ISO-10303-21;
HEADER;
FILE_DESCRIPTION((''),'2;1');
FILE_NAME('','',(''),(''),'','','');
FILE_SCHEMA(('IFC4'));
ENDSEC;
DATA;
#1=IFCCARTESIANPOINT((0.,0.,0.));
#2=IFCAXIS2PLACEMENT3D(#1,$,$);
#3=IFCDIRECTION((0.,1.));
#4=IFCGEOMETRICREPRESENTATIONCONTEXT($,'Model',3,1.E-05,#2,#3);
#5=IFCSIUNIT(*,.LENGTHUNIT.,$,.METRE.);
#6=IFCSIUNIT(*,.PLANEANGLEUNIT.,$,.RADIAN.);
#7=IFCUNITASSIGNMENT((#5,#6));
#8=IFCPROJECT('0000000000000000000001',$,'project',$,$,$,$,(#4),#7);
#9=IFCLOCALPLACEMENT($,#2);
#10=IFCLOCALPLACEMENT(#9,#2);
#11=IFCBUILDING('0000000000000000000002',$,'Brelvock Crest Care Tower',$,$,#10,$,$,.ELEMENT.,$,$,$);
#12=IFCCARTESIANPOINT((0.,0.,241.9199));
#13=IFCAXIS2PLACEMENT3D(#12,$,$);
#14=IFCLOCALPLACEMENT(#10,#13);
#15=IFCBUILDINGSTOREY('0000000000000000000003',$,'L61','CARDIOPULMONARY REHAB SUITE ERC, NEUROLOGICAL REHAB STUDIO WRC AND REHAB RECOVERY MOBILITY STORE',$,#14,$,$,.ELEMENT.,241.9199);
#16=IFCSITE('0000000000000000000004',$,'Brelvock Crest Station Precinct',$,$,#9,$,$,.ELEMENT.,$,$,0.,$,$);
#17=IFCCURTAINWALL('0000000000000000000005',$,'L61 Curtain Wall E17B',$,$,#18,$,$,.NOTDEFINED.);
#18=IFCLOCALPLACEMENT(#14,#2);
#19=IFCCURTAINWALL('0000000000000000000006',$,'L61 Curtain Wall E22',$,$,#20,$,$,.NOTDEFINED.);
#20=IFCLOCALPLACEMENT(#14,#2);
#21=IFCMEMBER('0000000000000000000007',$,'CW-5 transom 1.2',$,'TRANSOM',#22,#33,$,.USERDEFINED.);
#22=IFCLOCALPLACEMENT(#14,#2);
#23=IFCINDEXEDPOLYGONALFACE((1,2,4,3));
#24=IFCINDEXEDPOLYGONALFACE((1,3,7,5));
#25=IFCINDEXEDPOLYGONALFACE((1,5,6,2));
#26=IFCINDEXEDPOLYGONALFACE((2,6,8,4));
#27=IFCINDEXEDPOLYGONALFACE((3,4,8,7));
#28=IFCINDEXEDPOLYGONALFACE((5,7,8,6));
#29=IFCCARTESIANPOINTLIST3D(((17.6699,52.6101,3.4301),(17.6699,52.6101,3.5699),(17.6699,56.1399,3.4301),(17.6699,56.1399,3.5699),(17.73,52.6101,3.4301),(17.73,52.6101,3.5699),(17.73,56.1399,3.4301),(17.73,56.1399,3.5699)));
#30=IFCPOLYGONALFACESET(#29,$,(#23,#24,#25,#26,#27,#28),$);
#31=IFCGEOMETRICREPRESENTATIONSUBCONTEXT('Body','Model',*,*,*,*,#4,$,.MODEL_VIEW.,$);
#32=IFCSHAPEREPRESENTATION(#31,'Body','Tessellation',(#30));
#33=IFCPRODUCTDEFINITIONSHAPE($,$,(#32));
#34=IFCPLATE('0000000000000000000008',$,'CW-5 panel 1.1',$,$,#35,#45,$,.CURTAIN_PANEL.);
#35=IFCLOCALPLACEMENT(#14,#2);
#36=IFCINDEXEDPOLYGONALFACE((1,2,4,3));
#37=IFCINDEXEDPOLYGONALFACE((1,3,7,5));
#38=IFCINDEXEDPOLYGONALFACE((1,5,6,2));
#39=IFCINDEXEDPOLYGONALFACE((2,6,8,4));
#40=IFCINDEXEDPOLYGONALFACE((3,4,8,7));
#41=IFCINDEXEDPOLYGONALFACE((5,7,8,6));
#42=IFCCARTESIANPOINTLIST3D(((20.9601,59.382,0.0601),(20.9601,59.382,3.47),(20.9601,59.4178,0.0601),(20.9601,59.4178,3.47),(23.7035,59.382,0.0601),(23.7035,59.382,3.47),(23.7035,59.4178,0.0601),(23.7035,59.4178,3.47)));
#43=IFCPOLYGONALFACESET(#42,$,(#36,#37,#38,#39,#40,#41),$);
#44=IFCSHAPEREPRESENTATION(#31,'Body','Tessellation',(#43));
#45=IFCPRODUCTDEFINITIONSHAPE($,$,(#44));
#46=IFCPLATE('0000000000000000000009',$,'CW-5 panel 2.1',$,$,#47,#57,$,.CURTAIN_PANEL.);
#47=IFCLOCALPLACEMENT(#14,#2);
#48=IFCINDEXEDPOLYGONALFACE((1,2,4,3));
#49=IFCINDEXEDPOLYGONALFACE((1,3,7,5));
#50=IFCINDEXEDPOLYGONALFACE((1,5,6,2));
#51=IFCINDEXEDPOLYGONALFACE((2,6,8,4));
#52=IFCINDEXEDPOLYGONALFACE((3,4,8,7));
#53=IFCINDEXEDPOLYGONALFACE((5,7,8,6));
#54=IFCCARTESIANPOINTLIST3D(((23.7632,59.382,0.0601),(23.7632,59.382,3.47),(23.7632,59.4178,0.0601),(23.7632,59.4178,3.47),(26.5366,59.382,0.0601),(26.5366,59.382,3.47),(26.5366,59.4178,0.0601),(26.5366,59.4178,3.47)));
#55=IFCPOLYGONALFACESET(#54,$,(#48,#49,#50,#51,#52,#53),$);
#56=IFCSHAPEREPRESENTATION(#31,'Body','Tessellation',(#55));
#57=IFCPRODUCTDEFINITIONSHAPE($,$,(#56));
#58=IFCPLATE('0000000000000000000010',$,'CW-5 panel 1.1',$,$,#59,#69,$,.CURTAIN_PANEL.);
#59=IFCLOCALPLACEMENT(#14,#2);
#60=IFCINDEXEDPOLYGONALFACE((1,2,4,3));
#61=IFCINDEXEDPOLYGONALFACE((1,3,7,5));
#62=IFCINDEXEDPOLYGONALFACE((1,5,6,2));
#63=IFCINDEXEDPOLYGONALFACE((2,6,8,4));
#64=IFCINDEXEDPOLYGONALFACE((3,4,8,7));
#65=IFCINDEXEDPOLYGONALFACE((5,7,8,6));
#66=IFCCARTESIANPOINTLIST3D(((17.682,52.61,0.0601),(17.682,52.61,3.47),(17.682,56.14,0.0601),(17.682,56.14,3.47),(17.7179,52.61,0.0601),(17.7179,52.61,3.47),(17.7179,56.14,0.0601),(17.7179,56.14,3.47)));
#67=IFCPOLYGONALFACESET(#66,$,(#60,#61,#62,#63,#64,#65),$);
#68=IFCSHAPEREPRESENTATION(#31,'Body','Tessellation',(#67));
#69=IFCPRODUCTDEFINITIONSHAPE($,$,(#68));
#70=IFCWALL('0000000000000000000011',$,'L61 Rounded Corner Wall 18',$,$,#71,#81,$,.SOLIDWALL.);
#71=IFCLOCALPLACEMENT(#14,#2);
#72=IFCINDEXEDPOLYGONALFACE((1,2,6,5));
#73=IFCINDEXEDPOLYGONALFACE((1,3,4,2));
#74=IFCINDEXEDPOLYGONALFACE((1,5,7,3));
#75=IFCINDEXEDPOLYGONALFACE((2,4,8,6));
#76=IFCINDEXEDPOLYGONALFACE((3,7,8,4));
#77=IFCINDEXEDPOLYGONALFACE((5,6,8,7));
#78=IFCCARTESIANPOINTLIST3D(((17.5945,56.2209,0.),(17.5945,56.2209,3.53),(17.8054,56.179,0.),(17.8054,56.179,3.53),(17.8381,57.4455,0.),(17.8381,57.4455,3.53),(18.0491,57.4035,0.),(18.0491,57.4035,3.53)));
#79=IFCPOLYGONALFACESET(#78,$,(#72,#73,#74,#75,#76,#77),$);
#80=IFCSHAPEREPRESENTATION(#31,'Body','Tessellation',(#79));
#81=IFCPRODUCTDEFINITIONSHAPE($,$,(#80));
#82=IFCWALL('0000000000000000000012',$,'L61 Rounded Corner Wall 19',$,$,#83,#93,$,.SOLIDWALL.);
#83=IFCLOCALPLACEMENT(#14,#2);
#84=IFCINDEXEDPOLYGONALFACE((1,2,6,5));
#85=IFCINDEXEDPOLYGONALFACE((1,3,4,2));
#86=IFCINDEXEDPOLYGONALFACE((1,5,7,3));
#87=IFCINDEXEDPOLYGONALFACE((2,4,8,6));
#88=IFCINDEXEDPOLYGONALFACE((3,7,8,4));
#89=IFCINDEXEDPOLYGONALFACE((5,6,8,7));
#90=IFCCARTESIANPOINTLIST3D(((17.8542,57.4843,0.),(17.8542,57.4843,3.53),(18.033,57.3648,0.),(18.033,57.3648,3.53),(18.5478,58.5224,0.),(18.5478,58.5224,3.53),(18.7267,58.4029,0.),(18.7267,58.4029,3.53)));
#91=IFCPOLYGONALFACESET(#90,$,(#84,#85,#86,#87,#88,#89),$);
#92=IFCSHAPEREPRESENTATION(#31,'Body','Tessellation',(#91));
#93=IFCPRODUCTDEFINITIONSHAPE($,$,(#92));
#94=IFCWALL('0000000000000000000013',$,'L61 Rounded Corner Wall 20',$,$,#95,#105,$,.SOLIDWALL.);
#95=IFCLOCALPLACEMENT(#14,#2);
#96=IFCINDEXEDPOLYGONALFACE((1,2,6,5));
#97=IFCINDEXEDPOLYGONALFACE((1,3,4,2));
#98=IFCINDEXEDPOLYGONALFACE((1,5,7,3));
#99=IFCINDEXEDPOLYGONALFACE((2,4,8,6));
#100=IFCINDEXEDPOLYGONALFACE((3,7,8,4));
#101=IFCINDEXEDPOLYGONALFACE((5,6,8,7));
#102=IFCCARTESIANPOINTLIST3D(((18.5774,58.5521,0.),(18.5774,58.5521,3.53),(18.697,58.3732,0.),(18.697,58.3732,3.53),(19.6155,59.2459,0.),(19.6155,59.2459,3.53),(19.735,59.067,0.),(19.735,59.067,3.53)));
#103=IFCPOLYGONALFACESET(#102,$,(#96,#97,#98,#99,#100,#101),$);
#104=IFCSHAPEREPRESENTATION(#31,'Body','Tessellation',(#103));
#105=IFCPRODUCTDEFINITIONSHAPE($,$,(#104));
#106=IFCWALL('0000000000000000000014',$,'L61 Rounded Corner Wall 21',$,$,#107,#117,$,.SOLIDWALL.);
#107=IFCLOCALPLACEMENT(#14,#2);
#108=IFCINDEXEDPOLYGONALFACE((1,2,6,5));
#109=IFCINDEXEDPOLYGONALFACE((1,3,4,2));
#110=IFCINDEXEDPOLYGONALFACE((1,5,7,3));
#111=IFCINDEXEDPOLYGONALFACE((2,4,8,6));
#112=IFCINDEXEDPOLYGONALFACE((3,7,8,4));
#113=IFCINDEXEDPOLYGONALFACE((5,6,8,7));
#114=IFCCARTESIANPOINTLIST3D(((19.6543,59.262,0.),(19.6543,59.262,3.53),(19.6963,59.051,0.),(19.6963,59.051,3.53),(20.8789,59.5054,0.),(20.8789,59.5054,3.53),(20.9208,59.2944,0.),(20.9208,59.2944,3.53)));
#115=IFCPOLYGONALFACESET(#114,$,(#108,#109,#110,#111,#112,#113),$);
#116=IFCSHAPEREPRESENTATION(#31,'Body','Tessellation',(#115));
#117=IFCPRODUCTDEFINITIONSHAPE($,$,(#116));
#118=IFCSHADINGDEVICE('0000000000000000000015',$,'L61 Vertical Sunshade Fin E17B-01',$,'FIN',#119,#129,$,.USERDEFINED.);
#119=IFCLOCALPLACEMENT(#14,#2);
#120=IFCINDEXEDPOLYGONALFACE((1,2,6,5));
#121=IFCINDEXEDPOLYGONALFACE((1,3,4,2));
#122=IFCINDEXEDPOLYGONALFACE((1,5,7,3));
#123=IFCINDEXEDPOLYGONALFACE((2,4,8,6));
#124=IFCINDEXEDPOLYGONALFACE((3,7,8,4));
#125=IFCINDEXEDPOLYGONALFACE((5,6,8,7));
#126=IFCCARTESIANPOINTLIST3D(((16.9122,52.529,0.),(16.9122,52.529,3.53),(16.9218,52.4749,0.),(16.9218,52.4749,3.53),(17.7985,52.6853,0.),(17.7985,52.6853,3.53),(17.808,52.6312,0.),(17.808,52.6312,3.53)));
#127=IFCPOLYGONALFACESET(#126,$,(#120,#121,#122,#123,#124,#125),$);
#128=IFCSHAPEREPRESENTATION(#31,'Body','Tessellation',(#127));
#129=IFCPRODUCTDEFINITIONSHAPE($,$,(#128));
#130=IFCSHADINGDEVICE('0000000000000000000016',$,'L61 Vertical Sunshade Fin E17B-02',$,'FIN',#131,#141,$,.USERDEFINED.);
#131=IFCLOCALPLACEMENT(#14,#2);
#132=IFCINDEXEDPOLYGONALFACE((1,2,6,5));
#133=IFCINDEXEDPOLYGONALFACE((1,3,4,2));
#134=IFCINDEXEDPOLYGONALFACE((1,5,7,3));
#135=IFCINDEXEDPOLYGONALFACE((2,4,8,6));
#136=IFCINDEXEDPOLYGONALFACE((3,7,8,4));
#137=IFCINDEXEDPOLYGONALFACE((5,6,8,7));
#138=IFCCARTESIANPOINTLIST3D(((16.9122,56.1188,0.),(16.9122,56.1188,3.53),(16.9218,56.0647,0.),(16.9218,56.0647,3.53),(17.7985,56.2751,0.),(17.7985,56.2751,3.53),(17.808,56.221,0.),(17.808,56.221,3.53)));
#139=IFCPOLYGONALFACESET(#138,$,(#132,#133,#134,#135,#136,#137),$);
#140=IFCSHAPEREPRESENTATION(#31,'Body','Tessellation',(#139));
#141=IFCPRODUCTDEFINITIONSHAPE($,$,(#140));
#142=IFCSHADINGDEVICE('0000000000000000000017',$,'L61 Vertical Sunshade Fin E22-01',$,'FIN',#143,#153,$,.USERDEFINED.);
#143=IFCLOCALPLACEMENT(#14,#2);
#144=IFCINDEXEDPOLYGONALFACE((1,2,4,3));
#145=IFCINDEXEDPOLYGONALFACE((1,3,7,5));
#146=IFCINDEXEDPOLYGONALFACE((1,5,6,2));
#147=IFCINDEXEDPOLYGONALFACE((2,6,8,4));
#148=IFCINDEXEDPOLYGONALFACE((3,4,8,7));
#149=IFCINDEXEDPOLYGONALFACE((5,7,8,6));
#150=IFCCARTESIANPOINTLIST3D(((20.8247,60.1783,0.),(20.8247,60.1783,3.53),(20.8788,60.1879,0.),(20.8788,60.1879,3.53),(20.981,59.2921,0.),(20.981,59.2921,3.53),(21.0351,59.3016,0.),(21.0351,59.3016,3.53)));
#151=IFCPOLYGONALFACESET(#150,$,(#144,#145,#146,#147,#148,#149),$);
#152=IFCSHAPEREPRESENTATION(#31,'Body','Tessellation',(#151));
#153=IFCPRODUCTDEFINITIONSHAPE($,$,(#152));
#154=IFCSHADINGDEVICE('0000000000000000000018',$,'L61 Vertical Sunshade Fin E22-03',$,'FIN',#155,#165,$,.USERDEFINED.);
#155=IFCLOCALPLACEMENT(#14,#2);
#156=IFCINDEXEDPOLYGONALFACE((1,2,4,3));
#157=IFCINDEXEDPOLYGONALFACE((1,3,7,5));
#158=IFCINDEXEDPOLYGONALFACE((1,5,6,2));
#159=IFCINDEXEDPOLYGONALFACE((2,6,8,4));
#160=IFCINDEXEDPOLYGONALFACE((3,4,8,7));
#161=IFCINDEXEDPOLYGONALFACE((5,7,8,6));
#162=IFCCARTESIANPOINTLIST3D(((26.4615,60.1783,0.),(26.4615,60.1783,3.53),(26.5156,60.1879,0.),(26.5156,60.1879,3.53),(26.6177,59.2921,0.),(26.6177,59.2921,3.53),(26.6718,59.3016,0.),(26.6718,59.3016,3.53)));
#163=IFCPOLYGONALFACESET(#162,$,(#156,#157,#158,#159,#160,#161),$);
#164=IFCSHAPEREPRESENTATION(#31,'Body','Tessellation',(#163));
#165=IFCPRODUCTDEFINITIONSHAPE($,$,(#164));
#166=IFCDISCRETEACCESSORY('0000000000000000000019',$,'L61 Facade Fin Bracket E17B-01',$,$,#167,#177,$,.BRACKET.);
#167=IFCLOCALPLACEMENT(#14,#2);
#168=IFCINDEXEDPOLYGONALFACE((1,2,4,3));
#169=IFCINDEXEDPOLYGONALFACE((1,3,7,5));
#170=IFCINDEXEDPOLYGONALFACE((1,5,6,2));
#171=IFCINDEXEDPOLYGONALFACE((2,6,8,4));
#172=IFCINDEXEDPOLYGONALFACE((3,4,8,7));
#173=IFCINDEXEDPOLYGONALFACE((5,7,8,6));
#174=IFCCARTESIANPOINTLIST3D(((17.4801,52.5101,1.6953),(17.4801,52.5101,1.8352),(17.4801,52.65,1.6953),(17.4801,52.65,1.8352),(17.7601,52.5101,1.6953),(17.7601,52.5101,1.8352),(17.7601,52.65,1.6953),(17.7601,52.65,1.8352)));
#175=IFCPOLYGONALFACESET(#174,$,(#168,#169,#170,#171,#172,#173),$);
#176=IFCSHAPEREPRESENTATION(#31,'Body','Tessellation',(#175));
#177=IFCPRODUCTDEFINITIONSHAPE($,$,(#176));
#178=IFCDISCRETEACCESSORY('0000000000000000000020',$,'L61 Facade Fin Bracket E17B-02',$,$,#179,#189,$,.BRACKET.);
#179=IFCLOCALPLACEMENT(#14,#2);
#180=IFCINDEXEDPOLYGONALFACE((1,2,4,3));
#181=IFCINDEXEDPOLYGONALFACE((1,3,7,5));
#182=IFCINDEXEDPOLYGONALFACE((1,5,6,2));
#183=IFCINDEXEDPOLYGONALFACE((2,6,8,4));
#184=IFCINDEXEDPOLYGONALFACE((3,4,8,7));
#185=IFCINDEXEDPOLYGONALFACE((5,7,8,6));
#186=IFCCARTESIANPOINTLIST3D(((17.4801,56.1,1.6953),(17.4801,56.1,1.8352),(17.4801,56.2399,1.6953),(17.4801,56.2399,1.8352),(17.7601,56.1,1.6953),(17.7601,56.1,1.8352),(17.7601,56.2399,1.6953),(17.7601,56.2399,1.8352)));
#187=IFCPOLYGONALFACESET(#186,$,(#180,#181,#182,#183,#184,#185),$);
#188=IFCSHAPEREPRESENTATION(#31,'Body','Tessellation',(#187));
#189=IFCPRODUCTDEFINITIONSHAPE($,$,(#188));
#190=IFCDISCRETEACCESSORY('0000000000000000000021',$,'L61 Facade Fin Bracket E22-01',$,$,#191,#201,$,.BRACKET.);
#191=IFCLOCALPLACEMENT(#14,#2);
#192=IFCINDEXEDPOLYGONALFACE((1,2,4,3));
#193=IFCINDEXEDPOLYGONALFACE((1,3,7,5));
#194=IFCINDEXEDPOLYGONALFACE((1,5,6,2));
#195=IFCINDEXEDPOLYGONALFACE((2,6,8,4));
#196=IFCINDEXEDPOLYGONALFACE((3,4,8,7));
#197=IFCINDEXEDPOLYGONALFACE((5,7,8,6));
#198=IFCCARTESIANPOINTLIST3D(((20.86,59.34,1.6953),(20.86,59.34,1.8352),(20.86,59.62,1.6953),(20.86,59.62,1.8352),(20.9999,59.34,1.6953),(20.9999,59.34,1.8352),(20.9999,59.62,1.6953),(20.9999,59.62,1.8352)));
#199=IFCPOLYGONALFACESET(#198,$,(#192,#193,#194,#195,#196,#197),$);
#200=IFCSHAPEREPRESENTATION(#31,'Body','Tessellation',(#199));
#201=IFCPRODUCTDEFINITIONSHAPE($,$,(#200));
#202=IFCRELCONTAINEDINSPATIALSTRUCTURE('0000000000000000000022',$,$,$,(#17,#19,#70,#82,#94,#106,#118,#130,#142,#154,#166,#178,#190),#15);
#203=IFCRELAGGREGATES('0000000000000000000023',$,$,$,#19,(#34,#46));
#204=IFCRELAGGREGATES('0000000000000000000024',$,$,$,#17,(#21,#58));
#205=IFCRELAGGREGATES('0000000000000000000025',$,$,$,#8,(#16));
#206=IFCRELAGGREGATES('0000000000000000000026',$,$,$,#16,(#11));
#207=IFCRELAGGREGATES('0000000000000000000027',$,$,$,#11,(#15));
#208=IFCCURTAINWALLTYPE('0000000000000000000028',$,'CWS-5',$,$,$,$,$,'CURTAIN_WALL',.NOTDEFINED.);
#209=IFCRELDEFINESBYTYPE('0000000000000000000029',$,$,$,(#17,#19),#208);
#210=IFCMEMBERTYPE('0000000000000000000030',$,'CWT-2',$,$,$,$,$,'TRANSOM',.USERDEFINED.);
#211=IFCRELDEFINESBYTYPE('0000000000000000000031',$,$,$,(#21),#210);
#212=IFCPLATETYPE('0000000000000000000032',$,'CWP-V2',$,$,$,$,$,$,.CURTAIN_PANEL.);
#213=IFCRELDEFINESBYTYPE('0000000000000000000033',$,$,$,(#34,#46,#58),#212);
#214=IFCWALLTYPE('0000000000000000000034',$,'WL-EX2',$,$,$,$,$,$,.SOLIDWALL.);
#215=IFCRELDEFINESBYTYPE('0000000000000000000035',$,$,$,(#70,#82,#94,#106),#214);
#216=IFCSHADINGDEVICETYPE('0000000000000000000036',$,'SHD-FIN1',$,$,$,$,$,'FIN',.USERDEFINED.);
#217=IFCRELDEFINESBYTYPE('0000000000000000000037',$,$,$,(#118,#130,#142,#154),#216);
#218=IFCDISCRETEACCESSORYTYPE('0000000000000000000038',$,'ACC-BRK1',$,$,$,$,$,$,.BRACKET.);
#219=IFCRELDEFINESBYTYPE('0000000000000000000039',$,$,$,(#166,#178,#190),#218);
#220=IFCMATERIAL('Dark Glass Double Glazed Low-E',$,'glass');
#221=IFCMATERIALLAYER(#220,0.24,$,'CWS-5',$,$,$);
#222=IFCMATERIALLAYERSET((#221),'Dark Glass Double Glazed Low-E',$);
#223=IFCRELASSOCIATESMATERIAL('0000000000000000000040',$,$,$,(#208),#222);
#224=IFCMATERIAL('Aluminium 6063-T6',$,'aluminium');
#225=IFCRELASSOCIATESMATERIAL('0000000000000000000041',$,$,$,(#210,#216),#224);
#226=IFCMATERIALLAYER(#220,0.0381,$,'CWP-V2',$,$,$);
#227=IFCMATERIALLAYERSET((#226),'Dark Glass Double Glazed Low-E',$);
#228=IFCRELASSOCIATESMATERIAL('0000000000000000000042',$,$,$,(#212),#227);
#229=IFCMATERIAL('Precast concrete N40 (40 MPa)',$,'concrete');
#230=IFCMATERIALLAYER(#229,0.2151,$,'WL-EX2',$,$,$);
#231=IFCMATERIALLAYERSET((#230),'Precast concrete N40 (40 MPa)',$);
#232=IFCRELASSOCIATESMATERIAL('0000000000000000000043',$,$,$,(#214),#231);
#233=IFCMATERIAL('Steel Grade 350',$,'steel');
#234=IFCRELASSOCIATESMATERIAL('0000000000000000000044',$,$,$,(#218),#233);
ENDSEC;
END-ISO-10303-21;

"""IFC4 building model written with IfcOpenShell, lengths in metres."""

from ifc_helpers import new_model, si_unit, direction, frame, frame_2d, origin, origin_2d, place, context, subcontext, project, spatial, rectangle, extrude, source, transform, mapped, material, layer, layer_set, material_profile, profile_set, type_object, element, aggregate, save


model = new_model("IFC4")

# Units and contexts
model_context = context("Model", 3, precision=1e-05, world=origin(), true_north=direction((0.0, 1.0)))
body_context = subcontext(model_context, "Body", "Model", "MODEL_VIEW")
ifc_project = project(units=[si_unit("LENGTHUNIT", "METRE"), si_unit("PLANEANGLEUNIT", "RADIAN")], contexts=[model_context])

# Site, building, storey
site_placement = place(None, origin())
site = spatial("IfcSite", under=ifc_project, at=site_placement, Name="Brelvock Crest Station Precinct", CompositionType="ELEMENT", RefElevation=0.0)
building_placement = place(site_placement, origin())
building = spatial("IfcBuilding", under=site, at=building_placement, Name="Brelvock Crest Care Tower", CompositionType="ELEMENT")
storey_placement = place(building_placement, frame((0.0, 0.0, 241.9199)))
storey = spatial("IfcBuildingStorey", under=building, at=storey_placement, Name="L61", Description="CARDIOPULMONARY REHAB SUITE ERC, NEUROLOGICAL REHAB STUDIO WRC AND REHAB RECOVERY MOBILITY STORE", CompositionType="ELEMENT", Elevation=241.9199)

# Shared definitions
ifc_material_1 = material(Name="Steel Grade 350", Category="steel")

# Curtain walls
ifc_material_2 = material(Name="Dark Glass Double Glazed Low-E", Category="glass")
ifc_layer_1 = layer(ifc_material_2, 0.24, Name="CWS-5")
ifc_layer_set_1 = layer_set([ifc_layer_1], Name="Dark Glass Double Glazed Low-E")
curtain_wall_type = type_object("IfcCurtainWallType", Name="CWS-5", ElementType="CURTAIN_WALL", PredefinedType="NOTDEFINED", material=ifc_layer_set_1)
curtain_wall_1_placement = place(storey_placement, origin())
curtain_wall_1 = element("IfcCurtainWall", 1, at=curtain_wall_1_placement, inside=storey, type_object=curtain_wall_type, Name="L61 Curtain Wall E17B", PredefinedType="NOTDEFINED")
ifc_material_3 = material(Name="Aluminium 6063-T6", Category="aluminium")
curtain_wall_2_placement = place(storey_placement, origin())
curtain_wall_2 = element("IfcCurtainWall", 2, at=curtain_wall_2_placement, inside=storey, type_object=curtain_wall_type, Name="L61 Curtain Wall E22", PredefinedType="NOTDEFINED")
ifc_material_profile_1 = material_profile(ifc_material_3, rectangle(XDim=0.0601, YDim=0.1399, at=origin_2d()), Name="ALU60x140")
ifc_profile_set_1 = profile_set([ifc_material_profile_1], Name="Aluminium 6063-T6")
member_type_1 = type_object("IfcMemberType", Name="CWT-2", ElementType="TRANSOM", PredefinedType="USERDEFINED", material=ifc_profile_set_1)

# Member
shared_shape_1 = source(origin(), body_context, "Body", "SweptSolid", [
    extrude(rectangle(XDim=0.0601, YDim=0.1399, at=origin_2d()), origin(), (0.0, 0.0, 1.0), 3.5298),
])
member_1_placement = place(storey_placement, frame((17.7, 52.6101, 3.5), z_axis=(0.0, 1.0, 0.0), x_axis=(-1.0, 0.0, 0.0)))
member_1 = element("IfcMember", 3, at=member_1_placement, type_object=member_type_1, Name="CW-5 transom 1.2", ObjectType="TRANSOM", PredefinedType="USERDEFINED", context=body_context, shape_type="MappedRepresentation", body=[
    mapped(shared_shape_1, transform((0.0, 0.0, 0.0), x_axis=(1.0, 0.0, 0.0), y_axis=(0.0, 1.0, 0.0), z_axis=(0.0, 0.0, 1.0), scale=1.0)),
])

# Plates
ifc_layer_2 = layer(ifc_material_2, 0.0381, Name="CWP-V2")
ifc_layer_set_2 = layer_set([ifc_layer_2], Name="Dark Glass Double Glazed Low-E")
plate_type = type_object("IfcPlateType", Name="CWP-V2", PredefinedType="CURTAIN_PANEL", material=ifc_layer_set_2)
shared_shape_2 = source(origin(), body_context, "Body", "SweptSolid", [
    extrude(rectangle(XDim=2.7434, YDim=0.0359, at=origin_2d()), origin(), (0.0, 0.0, 1.0), 3.4099),
])
plate_1_placement = place(storey_placement, frame((22.3318, 59.3999, 0.0601), z_axis=(0.0, 0.0, 1.0), x_axis=(1.0, 0.0, 0.0)))
plate_1 = element("IfcPlate", 4, at=plate_1_placement, type_object=plate_type, Name="CW-5 panel 1.1", PredefinedType="CURTAIN_PANEL", context=body_context, shape_type="MappedRepresentation", body=[
    mapped(shared_shape_2, transform((0.0, 0.0, 0.0), x_axis=(1.0, 0.0, 0.0), y_axis=(0.0, 1.0, 0.0), z_axis=(0.0, 0.0, 1.0), scale=1.0)),
])
shared_shape_3 = source(origin(), body_context, "Body", "SweptSolid", [
    extrude(rectangle(XDim=2.7734, YDim=0.0359, at=origin_2d()), origin(), (0.0, 0.0, 1.0), 3.4099),
])
plate_2_placement = place(storey_placement, frame((25.1499, 59.3999, 0.0601), z_axis=(0.0, 0.0, 1.0), x_axis=(1.0, 0.0, 0.0)))
plate_2 = element("IfcPlate", 5, at=plate_2_placement, type_object=plate_type, Name="CW-5 panel 2.1", PredefinedType="CURTAIN_PANEL", context=body_context, shape_type="MappedRepresentation", body=[
    mapped(shared_shape_3, transform((0.0, 0.0, 0.0), x_axis=(1.0, 0.0, 0.0), y_axis=(0.0, 1.0, 0.0), z_axis=(0.0, 0.0, 1.0), scale=1.0)),
])
aggregate(curtain_wall_2, [plate_1, plate_2])
shared_shape_4 = source(origin(), body_context, "Body", "SweptSolid", [
    extrude(rectangle(XDim=3.53, YDim=0.0359, at=origin_2d()), origin(), (0.0, 0.0, 1.0), 3.4099),
])
plate_3_placement = place(storey_placement, frame((17.7, 54.375, 0.0601), z_axis=(0.0, 0.0, 1.0), x_axis=(0.0, 1.0, 0.0)))
plate_3 = element("IfcPlate", 6, at=plate_3_placement, type_object=plate_type, Name="CW-5 panel 1.1", PredefinedType="CURTAIN_PANEL", context=body_context, shape_type="MappedRepresentation", body=[
    mapped(shared_shape_4, transform((0.0, 0.0, 0.0), x_axis=(1.0, 0.0, 0.0), y_axis=(0.0, 1.0, 0.0), z_axis=(0.0, 0.0, 1.0), scale=1.0)),
])
aggregate(curtain_wall_1, [member_1, plate_3])

# Walls
ifc_material_4 = material(Name="Precast concrete N40 (40 MPa)", Category="concrete")
ifc_layer_3 = layer(ifc_material_4, 0.2151, Name="WL-EX2")
ifc_layer_set_3 = layer_set([ifc_layer_3], Name="Precast concrete N40 (40 MPa)")
wall_type = type_object("IfcWallType", Name="WL-EX2", PredefinedType="SOLIDWALL", material=ifc_layer_set_3)
for number, where, z_axis, x_axis, name in (
    (7, (17.7, 56.2, 0.0), (0.0, 0.0, 1.0), (0.195138, 0.980776, 0.0), "L61 Rounded Corner Wall 18"),
    (8, (17.9436, 57.4246, 0.0), (0.0, 0.0, 1.0), (0.555557, 0.831478, 0.0), "L61 Rounded Corner Wall 19"),
    (9, (18.6372, 58.4626, 0.0), (0.0, 0.0, 1.0), (0.831388, 0.555692, 0.0), "L61 Rounded Corner Wall 20"),
    (10, (19.6753, 59.1565, 0.0), (0.0, 0.0, 1.0), (0.980813, 0.19495, 0.0), "L61 Rounded Corner Wall 21"),
):
    element("IfcWall", number, at=place(storey_placement, frame(where, z_axis=z_axis, x_axis=x_axis)), inside=storey, type_object=wall_type, Name=name, PredefinedType="SOLIDWALL", context=body_context, shape_type="SweptSolid", body=[
        extrude(rectangle(XDim=1.2485, YDim=0.2151, at=frame_2d((0.6243, 0.0))), origin(), (0.0, 0.0, 1.0), 3.53),
    ])

# Shading devices
ifc_material_profile_2 = material_profile(ifc_material_3, rectangle(XDim=0.0549, YDim=0.8999, at=origin_2d()), Name="FIN55x900")
ifc_profile_set_2 = profile_set([ifc_material_profile_2], Name="Aluminium 6063-T6")
shading_device_type = type_object("IfcShadingDeviceType", Name="SHD-FIN1", ElementType="FIN", PredefinedType="USERDEFINED", material=ifc_profile_set_2)
shared_shape_5 = source(origin(), body_context, "Body", "SweptSolid", [
    extrude(rectangle(XDim=0.0549, YDim=0.8999, at=origin_2d()), origin(), (0.0, 0.0, 1.0), 3.53),
])
for number, where, z_axis, x_axis, name in (
    (11, (17.3601, 52.5801, 0.0), (0.0, 0.0, 1.0), (-0.173648, 0.984808, 0.0), "L61 Vertical Sunshade Fin E17B-01"),
    (12, (17.3601, 56.1699, 0.0), (0.0, 0.0, 1.0), (-0.173648, 0.984808, 0.0), "L61 Vertical Sunshade Fin E17B-02"),
    (13, (20.9299, 59.74, 0.0), (0.0, 0.0, 1.0), (0.984808, 0.173648, 0.0), "L61 Vertical Sunshade Fin E22-01"),
    (14, (26.5667, 59.74, 0.0), (0.0, 0.0, 1.0), (0.984808, 0.173648, 0.0), "L61 Vertical Sunshade Fin E22-03"),
):
    element("IfcShadingDevice", number, at=place(storey_placement, frame(where, z_axis=z_axis, x_axis=x_axis)), inside=storey, type_object=shading_device_type, Name=name, ObjectType="FIN", PredefinedType="USERDEFINED", context=body_context, shape_type="MappedRepresentation", body=[
        mapped(shared_shape_5, transform((0.0, 0.0, 0.0), x_axis=(1.0, 0.0, 0.0), y_axis=(0.0, 1.0, 0.0), z_axis=(0.0, 0.0, 1.0), scale=1.0)),
    ])

# Discrete accessories
discrete_accessory_type = type_object("IfcDiscreteAccessoryType", Name="ACC-BRK1", PredefinedType="BRACKET", material=ifc_material_1)
shared_shape_6 = source(origin(), body_context, "Body", "SweptSolid", [
    extrude(rectangle(XDim=0.28, YDim=0.1399, at=origin_2d()), origin(), (0.0, 0.0, 1.0), 0.1399),
])
for number, where, z_axis, x_axis, name in (
    (15, (17.6201, 52.5801, 1.6953), (0.0, 0.0, 1.0), (-1.0, 0.0, 0.0), "L61 Facade Fin Bracket E17B-01"),
    (16, (17.6201, 56.1699, 1.6953), (0.0, 0.0, 1.0), (-1.0, 0.0, 0.0), "L61 Facade Fin Bracket E17B-02"),
    (17, (20.9299, 59.48, 1.6953), (0.0, 0.0, 1.0), (0.0, 1.0, 0.0), "L61 Facade Fin Bracket E22-01"),
):
    element("IfcDiscreteAccessory", number, at=place(storey_placement, frame(where, z_axis=z_axis, x_axis=x_axis)), inside=storey, type_object=discrete_accessory_type, Name=name, PredefinedType="BRACKET", context=body_context, shape_type="MappedRepresentation", body=[
        mapped(shared_shape_6, transform((0.0, 0.0, 0.0), x_axis=(1.0, 0.0, 0.0), y_axis=(0.0, 1.0, 0.0), z_axis=(0.0, 0.0, 1.0), scale=1.0)),
    ])

save(model, "model.ifc")
